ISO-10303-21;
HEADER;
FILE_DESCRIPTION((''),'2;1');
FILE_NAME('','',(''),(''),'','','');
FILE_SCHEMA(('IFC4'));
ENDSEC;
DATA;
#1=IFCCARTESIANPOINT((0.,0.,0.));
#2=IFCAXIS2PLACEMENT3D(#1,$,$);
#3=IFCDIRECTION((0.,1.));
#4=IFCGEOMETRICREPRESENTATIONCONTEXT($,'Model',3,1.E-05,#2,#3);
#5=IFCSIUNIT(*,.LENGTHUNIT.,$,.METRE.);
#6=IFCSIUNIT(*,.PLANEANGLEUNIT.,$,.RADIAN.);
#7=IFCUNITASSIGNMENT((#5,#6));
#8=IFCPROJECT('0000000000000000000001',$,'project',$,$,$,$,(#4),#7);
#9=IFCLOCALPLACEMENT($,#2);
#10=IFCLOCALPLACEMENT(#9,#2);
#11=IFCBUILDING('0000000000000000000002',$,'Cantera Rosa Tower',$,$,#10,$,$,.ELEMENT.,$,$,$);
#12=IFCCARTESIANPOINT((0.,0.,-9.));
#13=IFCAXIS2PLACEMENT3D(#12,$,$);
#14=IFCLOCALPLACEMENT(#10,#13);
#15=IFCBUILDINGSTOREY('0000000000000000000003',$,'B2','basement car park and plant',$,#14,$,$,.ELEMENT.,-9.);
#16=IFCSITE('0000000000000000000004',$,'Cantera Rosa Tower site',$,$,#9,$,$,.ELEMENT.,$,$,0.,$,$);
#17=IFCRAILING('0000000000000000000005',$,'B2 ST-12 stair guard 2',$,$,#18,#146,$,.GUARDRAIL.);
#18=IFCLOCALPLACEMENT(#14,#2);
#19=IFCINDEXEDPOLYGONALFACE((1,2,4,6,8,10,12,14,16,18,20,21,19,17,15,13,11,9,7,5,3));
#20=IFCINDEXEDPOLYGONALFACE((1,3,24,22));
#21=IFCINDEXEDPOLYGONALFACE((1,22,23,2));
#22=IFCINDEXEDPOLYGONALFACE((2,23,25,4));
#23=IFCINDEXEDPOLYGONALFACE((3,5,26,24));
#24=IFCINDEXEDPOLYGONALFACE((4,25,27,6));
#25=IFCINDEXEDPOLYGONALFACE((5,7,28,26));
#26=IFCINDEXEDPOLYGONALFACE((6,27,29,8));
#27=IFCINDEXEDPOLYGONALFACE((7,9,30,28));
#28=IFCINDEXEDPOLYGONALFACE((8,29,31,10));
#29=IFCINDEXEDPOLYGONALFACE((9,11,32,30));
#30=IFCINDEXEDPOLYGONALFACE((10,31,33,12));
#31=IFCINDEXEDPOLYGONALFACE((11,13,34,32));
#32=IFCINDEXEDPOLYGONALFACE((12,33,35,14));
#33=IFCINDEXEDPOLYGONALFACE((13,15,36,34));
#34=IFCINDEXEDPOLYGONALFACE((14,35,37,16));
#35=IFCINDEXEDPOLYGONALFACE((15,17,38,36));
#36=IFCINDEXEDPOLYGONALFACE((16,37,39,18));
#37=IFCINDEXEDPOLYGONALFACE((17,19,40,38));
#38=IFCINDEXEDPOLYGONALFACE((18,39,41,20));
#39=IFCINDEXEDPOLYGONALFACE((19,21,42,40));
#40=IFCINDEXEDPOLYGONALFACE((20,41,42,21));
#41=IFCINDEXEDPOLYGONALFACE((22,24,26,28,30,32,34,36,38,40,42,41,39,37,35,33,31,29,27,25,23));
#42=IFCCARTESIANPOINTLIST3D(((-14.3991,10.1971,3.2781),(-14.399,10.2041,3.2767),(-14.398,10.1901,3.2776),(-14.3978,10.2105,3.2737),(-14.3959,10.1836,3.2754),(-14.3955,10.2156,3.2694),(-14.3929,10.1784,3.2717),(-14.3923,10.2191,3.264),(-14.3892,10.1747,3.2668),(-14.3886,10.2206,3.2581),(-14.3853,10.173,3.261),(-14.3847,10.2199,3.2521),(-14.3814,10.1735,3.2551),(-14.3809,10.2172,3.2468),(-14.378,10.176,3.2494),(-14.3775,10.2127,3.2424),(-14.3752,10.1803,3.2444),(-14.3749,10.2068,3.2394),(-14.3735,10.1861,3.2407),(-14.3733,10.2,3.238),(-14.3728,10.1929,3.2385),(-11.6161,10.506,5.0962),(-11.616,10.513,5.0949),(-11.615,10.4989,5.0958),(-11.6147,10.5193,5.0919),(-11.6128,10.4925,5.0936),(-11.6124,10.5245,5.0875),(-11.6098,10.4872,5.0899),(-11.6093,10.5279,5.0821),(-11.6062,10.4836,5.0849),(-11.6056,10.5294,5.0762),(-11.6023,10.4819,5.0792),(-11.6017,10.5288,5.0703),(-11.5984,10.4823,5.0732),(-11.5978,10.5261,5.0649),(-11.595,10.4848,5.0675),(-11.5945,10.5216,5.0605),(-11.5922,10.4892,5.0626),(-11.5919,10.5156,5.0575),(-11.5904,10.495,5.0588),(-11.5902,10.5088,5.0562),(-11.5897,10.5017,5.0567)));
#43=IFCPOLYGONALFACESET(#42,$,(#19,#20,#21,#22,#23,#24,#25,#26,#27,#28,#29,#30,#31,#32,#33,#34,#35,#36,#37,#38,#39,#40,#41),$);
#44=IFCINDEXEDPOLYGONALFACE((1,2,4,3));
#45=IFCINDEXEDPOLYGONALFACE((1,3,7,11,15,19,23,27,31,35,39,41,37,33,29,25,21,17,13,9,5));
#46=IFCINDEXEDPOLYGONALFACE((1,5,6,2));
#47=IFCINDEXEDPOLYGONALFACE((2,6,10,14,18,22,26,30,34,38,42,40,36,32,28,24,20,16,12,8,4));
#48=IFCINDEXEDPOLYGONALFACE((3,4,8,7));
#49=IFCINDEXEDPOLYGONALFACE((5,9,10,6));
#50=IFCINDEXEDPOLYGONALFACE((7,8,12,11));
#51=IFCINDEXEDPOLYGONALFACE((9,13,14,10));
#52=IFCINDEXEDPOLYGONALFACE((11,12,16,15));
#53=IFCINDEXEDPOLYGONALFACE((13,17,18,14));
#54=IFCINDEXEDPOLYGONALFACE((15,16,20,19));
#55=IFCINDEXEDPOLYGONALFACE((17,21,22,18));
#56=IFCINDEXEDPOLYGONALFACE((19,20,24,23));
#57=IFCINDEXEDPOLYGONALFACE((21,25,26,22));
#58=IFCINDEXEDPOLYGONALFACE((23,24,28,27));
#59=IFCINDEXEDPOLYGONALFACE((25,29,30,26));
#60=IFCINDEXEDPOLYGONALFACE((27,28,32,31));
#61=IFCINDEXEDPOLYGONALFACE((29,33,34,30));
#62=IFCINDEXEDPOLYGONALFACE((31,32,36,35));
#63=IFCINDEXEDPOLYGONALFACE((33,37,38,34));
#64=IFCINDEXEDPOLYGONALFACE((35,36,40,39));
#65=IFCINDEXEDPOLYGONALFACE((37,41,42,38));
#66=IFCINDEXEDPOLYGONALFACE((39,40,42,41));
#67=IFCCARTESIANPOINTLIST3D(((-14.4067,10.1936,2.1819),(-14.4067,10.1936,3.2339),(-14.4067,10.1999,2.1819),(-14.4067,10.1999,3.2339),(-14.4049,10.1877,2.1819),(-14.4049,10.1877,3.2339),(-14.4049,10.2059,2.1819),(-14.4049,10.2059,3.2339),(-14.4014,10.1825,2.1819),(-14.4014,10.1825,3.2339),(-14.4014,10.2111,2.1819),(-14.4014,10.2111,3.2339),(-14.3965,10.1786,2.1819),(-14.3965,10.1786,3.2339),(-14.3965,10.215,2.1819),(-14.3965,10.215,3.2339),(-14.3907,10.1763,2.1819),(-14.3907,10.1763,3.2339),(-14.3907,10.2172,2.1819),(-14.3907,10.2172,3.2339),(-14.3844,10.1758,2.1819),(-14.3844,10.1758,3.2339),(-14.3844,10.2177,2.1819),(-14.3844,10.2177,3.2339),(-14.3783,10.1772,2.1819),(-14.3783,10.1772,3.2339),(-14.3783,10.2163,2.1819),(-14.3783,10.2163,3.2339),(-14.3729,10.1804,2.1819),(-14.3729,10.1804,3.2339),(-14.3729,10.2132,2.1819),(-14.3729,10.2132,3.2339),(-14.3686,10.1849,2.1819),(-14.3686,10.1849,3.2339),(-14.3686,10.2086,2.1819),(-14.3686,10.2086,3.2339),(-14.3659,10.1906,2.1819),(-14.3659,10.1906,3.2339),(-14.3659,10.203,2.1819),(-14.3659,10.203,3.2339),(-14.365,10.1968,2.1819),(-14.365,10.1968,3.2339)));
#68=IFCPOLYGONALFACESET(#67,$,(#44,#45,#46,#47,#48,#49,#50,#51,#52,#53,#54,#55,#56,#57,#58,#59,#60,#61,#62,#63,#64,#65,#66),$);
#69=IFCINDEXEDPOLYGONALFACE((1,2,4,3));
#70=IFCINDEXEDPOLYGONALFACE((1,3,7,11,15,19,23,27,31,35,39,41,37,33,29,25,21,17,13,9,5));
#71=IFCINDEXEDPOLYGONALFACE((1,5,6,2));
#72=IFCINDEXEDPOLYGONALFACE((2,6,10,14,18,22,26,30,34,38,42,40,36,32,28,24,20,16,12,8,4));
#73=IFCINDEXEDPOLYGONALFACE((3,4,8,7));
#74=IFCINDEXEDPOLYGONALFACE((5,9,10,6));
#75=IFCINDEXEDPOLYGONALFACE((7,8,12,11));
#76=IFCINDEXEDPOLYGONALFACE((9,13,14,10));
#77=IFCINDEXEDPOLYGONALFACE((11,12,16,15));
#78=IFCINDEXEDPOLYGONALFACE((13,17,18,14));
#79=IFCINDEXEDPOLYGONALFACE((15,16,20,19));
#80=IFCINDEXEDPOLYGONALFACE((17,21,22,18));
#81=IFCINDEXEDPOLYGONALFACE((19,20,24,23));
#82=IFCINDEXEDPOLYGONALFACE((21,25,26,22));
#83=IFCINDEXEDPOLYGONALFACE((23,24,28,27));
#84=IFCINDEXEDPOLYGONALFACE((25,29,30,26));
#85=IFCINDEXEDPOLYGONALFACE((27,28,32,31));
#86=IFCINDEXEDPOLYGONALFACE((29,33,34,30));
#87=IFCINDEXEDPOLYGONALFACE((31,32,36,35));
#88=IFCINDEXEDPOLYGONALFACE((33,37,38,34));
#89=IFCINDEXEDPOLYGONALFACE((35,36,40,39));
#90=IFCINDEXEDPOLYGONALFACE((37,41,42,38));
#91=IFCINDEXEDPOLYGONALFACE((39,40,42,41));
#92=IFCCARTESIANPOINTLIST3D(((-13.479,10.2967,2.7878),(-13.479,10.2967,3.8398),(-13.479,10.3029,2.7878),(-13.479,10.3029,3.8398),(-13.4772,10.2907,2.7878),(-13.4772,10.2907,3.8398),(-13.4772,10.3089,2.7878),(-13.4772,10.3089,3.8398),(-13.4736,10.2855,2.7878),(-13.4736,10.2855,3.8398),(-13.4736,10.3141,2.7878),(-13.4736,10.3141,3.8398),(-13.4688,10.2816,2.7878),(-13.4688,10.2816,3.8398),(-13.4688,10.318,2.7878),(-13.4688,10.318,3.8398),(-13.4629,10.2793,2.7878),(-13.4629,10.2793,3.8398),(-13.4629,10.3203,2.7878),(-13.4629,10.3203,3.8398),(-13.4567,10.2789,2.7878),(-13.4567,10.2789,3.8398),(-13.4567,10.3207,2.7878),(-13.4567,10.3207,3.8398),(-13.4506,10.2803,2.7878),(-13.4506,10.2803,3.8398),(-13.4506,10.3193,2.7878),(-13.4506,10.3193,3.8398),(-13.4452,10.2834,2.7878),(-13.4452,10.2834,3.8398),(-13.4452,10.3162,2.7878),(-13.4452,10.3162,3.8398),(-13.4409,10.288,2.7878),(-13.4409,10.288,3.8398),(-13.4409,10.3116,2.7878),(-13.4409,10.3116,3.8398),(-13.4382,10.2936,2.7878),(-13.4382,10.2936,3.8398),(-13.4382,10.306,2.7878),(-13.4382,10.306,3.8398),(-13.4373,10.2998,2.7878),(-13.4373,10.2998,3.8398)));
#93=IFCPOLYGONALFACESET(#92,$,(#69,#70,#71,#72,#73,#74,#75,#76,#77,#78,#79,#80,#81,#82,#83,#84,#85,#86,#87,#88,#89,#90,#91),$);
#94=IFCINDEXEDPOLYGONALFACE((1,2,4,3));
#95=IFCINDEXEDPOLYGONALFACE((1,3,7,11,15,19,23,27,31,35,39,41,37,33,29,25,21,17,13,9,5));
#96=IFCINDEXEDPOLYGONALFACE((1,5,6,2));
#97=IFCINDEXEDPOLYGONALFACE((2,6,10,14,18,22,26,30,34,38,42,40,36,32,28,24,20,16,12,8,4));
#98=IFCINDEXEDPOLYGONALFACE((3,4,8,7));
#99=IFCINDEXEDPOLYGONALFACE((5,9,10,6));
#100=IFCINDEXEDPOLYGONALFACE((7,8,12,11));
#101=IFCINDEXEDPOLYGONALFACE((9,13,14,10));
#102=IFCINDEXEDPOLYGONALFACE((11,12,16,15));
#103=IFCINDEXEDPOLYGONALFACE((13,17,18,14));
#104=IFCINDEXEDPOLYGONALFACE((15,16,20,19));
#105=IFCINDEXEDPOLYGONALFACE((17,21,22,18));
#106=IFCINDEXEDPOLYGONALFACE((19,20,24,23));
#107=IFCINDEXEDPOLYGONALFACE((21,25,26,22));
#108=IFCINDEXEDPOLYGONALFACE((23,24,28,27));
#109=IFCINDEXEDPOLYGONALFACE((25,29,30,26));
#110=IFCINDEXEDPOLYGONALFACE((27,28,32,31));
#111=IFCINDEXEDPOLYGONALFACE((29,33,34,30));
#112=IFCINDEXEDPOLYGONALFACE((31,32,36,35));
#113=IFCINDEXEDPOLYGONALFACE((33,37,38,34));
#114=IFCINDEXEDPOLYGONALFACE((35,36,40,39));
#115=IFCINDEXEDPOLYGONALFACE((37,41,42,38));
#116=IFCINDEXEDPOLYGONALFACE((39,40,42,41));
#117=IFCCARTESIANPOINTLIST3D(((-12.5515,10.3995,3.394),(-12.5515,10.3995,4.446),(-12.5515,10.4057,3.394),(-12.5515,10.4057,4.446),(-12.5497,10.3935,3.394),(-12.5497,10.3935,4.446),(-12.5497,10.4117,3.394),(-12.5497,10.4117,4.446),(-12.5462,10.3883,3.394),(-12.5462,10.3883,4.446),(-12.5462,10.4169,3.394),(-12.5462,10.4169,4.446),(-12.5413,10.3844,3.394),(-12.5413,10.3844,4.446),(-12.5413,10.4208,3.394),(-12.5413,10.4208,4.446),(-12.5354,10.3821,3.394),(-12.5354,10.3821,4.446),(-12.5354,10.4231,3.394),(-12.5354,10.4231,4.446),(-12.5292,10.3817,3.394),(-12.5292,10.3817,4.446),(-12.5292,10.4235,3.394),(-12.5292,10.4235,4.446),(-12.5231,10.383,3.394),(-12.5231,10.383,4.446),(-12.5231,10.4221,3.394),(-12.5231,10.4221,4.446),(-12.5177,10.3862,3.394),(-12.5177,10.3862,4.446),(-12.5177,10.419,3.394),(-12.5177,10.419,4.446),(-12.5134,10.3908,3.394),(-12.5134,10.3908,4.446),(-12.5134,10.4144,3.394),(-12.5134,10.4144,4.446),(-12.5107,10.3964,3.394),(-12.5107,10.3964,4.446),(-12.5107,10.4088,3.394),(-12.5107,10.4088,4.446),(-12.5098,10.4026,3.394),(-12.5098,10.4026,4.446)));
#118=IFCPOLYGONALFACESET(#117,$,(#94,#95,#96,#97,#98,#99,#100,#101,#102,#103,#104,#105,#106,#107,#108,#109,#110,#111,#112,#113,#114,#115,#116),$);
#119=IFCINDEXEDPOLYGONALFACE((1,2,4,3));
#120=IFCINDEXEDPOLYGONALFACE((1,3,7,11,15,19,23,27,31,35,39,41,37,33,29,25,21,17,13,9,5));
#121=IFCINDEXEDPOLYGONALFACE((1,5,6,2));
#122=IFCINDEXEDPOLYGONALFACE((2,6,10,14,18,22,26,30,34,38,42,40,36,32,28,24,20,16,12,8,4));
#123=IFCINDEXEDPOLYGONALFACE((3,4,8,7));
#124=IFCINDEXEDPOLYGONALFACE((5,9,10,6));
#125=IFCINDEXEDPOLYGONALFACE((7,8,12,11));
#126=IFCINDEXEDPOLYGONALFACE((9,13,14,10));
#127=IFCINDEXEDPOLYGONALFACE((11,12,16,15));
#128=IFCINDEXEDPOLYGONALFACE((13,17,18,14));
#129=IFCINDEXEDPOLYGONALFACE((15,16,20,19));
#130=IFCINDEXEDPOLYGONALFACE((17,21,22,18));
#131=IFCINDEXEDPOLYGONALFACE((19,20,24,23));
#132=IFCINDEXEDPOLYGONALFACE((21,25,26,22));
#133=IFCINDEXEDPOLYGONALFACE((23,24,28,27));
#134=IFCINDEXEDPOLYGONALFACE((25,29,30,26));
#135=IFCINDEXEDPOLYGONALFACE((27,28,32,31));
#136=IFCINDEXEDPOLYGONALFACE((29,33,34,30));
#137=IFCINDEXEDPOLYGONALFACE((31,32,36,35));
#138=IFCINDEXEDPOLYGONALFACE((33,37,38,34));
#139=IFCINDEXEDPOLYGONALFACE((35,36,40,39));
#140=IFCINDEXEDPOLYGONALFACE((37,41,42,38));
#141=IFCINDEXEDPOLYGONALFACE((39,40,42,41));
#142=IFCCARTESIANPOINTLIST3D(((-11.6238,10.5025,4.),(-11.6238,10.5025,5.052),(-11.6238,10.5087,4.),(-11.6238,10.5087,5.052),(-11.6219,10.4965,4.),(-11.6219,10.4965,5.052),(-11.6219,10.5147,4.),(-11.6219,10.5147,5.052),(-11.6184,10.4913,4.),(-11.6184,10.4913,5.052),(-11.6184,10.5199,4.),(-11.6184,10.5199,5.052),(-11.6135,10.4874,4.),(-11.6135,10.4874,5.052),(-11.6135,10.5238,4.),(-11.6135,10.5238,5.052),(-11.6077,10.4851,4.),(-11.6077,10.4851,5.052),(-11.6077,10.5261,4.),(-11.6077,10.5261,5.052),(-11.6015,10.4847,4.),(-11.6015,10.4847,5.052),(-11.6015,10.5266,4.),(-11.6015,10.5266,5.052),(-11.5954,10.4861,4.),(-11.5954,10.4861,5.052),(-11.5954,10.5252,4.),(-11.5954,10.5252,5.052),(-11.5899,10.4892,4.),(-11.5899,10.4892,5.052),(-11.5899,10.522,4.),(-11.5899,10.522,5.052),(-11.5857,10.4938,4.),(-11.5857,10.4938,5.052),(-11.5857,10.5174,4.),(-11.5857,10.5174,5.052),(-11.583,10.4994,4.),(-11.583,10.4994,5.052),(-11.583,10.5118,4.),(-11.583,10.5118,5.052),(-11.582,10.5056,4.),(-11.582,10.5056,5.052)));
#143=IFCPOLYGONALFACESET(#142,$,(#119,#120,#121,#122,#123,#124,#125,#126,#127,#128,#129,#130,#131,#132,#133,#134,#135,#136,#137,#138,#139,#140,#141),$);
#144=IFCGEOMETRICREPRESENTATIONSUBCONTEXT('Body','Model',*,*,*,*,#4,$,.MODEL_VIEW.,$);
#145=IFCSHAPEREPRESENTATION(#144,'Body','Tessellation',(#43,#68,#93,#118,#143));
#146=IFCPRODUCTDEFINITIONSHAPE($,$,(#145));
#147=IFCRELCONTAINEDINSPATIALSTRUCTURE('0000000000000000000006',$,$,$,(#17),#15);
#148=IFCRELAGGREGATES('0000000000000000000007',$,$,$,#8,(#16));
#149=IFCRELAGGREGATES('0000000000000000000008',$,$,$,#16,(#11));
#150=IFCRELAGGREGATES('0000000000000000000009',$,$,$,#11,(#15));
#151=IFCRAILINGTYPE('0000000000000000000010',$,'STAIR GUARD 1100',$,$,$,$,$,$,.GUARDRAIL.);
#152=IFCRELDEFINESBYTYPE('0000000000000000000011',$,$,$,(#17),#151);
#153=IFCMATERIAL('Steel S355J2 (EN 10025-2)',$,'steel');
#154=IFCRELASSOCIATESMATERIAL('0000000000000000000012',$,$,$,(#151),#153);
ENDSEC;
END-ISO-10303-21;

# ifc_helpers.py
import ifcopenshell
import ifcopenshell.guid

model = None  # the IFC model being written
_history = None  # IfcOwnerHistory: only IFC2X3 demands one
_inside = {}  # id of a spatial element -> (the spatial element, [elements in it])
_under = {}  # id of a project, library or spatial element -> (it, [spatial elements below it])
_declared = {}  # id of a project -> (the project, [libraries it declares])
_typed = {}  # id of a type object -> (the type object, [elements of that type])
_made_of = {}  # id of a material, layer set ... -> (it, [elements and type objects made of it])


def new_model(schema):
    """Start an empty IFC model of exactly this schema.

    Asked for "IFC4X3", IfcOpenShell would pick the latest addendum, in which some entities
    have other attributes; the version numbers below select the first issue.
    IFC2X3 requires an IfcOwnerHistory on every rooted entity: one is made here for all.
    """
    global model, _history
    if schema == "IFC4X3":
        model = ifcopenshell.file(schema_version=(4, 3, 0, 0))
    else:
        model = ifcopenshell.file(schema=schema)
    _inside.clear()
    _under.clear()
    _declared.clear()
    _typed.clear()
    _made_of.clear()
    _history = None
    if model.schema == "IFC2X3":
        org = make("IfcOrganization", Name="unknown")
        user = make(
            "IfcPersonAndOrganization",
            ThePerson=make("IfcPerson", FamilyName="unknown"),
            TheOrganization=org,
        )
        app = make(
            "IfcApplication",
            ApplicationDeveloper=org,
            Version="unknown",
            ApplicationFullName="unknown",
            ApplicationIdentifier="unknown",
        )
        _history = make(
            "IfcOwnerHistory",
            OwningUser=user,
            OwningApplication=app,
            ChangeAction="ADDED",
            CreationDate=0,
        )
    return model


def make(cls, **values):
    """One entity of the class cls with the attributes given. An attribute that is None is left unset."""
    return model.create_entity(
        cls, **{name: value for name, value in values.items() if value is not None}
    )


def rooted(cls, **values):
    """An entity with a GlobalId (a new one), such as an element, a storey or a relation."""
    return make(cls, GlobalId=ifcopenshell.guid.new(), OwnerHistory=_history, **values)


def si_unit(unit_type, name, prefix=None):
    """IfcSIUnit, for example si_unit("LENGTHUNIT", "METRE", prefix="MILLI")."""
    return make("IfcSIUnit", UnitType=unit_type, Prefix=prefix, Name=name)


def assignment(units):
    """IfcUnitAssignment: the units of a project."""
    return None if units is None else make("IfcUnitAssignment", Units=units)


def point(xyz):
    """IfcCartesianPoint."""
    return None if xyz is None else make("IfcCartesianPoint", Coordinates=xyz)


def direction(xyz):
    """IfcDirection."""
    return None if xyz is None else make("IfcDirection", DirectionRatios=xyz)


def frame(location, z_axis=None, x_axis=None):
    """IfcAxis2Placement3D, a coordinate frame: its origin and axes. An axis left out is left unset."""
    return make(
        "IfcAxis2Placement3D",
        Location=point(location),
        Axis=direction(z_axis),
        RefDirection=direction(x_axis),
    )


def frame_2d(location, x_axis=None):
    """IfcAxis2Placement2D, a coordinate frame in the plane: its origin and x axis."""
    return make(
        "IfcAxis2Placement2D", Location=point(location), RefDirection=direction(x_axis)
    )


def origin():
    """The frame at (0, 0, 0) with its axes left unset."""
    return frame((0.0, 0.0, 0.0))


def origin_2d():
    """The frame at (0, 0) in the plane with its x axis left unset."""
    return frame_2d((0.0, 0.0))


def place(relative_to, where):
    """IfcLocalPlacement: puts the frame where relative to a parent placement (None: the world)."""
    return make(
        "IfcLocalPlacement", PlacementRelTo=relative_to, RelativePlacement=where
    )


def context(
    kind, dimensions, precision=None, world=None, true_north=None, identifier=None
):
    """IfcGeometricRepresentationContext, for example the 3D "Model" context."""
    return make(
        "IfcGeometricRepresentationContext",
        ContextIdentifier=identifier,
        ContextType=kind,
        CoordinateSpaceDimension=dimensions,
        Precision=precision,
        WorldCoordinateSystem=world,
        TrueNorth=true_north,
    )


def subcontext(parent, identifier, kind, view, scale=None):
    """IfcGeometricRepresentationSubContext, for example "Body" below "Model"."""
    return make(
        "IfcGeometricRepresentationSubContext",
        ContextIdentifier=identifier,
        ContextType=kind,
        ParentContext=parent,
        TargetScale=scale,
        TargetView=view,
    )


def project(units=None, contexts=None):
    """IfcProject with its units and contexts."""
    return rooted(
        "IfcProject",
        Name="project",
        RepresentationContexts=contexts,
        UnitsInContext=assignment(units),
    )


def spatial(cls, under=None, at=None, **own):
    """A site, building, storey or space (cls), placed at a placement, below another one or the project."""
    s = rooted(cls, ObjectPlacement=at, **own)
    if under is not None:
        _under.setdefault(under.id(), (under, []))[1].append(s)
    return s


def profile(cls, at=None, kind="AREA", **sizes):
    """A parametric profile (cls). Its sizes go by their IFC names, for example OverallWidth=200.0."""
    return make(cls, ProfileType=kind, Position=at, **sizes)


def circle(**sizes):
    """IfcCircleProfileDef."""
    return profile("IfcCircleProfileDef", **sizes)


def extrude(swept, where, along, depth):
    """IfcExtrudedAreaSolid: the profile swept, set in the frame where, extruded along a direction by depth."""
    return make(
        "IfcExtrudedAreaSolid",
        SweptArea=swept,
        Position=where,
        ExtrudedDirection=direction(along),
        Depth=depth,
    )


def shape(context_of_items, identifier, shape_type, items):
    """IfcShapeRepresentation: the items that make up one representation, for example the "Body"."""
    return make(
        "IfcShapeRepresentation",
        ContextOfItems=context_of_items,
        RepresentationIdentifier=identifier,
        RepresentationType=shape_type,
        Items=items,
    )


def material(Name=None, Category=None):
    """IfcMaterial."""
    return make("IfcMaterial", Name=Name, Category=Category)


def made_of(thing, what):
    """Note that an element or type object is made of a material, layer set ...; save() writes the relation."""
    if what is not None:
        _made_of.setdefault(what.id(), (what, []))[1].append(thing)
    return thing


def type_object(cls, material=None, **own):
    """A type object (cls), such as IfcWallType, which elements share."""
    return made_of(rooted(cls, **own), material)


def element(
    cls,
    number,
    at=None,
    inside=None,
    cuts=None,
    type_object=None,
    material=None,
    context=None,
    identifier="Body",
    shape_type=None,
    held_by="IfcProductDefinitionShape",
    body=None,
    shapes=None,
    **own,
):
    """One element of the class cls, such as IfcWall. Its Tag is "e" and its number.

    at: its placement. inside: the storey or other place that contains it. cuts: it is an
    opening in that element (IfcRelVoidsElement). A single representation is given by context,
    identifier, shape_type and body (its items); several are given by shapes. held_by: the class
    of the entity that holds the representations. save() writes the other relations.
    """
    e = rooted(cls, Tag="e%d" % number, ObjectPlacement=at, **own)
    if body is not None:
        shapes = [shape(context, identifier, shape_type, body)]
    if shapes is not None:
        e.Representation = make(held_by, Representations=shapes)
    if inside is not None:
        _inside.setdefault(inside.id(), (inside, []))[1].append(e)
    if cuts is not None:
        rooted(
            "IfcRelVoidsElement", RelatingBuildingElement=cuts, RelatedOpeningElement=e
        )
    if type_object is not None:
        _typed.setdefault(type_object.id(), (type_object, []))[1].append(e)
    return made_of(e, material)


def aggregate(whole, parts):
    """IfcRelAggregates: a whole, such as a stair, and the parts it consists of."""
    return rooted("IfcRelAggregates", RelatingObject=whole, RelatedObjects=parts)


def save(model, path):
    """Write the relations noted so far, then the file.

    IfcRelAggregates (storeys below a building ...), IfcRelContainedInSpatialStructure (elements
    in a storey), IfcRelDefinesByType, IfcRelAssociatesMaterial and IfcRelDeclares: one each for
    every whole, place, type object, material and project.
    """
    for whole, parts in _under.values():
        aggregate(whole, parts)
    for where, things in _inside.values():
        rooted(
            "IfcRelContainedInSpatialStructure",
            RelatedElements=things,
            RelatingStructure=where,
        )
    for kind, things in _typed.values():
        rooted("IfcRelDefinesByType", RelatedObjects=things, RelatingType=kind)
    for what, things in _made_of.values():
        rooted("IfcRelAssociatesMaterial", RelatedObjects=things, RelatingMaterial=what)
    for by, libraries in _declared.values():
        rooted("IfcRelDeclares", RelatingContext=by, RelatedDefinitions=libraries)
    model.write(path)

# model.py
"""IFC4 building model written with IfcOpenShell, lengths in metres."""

from ifc_helpers import new_model, si_unit, direction, frame, origin, origin_2d, place, context, subcontext, project, spatial, circle, extrude, material, type_object, element, save


model = new_model("IFC4")

# Units and contexts
model_context = context("Model", 3, precision=1e-05, world=origin(), true_north=direction((0.0, 1.0)))
body_context = subcontext(model_context, "Body", "Model", "MODEL_VIEW")
ifc_project = project(units=[si_unit("LENGTHUNIT", "METRE"), si_unit("PLANEANGLEUNIT", "RADIAN")], contexts=[model_context])

# Site, building, storey
site_placement = place(None, origin())
site = spatial("IfcSite", under=ifc_project, at=site_placement, Name="Cantera Rosa Tower site", CompositionType="ELEMENT", RefElevation=0.0)
building_placement = place(site_placement, origin())
building = spatial("IfcBuilding", under=site, at=building_placement, Name="Cantera Rosa Tower", CompositionType="ELEMENT")
storey_placement = place(building_placement, frame((0.0, 0.0, -9.0)))
storey = spatial("IfcBuildingStorey", under=building, at=storey_placement, Name="B2", Description="basement car park and plant", CompositionType="ELEMENT", Elevation=-9.0)

# Railing
ifc_material_1 = material(Name="Steel S355J2 (EN 10025-2)", Category="steel")
railing_type_1 = type_object("IfcRailingType", Name="STAIR GUARD 1100", PredefinedType="GUARDRAIL", material=ifc_material_1)
railing_1_placement = place(storey_placement, frame((-14.386, 10.1968, 2.1819)))
element("IfcRailing", 1, at=railing_1_placement, inside=storey, type_object=railing_type_1, Name="B2 ST-12 stair guard 2", PredefinedType="GUARDRAIL", context=body_context, shape_type="SweptSolid", body=[
    extrude(circle(Radius=0.0239, at=origin_2d()), frame((0.0, 0.0, 1.0762), z_axis=(0.833588, 0.092507, 0.544586), x_axis=(-0.110298, 0.993899, 0.0)), (0.0, 0.0, 1.0), 3.3386),
    extrude(circle(Radius=0.021, at=origin_2d()), origin(), (0.0, 0.0, 1.0), 1.052),
    extrude(circle(Radius=0.021, at=origin_2d()), frame((0.9277, 0.103, 0.606)), (0.0, 0.0, 1.0), 1.052),
    extrude(circle(Radius=0.021, at=origin_2d()), frame((1.8552, 0.2058, 1.2122)), (0.0, 0.0, 1.0), 1.052),
    extrude(circle(Radius=0.021, at=origin_2d()), frame((2.783, 0.3088, 1.8181)), (0.0, 0.0, 1.0), 1.052),
])

save(model, "model.ifc")
